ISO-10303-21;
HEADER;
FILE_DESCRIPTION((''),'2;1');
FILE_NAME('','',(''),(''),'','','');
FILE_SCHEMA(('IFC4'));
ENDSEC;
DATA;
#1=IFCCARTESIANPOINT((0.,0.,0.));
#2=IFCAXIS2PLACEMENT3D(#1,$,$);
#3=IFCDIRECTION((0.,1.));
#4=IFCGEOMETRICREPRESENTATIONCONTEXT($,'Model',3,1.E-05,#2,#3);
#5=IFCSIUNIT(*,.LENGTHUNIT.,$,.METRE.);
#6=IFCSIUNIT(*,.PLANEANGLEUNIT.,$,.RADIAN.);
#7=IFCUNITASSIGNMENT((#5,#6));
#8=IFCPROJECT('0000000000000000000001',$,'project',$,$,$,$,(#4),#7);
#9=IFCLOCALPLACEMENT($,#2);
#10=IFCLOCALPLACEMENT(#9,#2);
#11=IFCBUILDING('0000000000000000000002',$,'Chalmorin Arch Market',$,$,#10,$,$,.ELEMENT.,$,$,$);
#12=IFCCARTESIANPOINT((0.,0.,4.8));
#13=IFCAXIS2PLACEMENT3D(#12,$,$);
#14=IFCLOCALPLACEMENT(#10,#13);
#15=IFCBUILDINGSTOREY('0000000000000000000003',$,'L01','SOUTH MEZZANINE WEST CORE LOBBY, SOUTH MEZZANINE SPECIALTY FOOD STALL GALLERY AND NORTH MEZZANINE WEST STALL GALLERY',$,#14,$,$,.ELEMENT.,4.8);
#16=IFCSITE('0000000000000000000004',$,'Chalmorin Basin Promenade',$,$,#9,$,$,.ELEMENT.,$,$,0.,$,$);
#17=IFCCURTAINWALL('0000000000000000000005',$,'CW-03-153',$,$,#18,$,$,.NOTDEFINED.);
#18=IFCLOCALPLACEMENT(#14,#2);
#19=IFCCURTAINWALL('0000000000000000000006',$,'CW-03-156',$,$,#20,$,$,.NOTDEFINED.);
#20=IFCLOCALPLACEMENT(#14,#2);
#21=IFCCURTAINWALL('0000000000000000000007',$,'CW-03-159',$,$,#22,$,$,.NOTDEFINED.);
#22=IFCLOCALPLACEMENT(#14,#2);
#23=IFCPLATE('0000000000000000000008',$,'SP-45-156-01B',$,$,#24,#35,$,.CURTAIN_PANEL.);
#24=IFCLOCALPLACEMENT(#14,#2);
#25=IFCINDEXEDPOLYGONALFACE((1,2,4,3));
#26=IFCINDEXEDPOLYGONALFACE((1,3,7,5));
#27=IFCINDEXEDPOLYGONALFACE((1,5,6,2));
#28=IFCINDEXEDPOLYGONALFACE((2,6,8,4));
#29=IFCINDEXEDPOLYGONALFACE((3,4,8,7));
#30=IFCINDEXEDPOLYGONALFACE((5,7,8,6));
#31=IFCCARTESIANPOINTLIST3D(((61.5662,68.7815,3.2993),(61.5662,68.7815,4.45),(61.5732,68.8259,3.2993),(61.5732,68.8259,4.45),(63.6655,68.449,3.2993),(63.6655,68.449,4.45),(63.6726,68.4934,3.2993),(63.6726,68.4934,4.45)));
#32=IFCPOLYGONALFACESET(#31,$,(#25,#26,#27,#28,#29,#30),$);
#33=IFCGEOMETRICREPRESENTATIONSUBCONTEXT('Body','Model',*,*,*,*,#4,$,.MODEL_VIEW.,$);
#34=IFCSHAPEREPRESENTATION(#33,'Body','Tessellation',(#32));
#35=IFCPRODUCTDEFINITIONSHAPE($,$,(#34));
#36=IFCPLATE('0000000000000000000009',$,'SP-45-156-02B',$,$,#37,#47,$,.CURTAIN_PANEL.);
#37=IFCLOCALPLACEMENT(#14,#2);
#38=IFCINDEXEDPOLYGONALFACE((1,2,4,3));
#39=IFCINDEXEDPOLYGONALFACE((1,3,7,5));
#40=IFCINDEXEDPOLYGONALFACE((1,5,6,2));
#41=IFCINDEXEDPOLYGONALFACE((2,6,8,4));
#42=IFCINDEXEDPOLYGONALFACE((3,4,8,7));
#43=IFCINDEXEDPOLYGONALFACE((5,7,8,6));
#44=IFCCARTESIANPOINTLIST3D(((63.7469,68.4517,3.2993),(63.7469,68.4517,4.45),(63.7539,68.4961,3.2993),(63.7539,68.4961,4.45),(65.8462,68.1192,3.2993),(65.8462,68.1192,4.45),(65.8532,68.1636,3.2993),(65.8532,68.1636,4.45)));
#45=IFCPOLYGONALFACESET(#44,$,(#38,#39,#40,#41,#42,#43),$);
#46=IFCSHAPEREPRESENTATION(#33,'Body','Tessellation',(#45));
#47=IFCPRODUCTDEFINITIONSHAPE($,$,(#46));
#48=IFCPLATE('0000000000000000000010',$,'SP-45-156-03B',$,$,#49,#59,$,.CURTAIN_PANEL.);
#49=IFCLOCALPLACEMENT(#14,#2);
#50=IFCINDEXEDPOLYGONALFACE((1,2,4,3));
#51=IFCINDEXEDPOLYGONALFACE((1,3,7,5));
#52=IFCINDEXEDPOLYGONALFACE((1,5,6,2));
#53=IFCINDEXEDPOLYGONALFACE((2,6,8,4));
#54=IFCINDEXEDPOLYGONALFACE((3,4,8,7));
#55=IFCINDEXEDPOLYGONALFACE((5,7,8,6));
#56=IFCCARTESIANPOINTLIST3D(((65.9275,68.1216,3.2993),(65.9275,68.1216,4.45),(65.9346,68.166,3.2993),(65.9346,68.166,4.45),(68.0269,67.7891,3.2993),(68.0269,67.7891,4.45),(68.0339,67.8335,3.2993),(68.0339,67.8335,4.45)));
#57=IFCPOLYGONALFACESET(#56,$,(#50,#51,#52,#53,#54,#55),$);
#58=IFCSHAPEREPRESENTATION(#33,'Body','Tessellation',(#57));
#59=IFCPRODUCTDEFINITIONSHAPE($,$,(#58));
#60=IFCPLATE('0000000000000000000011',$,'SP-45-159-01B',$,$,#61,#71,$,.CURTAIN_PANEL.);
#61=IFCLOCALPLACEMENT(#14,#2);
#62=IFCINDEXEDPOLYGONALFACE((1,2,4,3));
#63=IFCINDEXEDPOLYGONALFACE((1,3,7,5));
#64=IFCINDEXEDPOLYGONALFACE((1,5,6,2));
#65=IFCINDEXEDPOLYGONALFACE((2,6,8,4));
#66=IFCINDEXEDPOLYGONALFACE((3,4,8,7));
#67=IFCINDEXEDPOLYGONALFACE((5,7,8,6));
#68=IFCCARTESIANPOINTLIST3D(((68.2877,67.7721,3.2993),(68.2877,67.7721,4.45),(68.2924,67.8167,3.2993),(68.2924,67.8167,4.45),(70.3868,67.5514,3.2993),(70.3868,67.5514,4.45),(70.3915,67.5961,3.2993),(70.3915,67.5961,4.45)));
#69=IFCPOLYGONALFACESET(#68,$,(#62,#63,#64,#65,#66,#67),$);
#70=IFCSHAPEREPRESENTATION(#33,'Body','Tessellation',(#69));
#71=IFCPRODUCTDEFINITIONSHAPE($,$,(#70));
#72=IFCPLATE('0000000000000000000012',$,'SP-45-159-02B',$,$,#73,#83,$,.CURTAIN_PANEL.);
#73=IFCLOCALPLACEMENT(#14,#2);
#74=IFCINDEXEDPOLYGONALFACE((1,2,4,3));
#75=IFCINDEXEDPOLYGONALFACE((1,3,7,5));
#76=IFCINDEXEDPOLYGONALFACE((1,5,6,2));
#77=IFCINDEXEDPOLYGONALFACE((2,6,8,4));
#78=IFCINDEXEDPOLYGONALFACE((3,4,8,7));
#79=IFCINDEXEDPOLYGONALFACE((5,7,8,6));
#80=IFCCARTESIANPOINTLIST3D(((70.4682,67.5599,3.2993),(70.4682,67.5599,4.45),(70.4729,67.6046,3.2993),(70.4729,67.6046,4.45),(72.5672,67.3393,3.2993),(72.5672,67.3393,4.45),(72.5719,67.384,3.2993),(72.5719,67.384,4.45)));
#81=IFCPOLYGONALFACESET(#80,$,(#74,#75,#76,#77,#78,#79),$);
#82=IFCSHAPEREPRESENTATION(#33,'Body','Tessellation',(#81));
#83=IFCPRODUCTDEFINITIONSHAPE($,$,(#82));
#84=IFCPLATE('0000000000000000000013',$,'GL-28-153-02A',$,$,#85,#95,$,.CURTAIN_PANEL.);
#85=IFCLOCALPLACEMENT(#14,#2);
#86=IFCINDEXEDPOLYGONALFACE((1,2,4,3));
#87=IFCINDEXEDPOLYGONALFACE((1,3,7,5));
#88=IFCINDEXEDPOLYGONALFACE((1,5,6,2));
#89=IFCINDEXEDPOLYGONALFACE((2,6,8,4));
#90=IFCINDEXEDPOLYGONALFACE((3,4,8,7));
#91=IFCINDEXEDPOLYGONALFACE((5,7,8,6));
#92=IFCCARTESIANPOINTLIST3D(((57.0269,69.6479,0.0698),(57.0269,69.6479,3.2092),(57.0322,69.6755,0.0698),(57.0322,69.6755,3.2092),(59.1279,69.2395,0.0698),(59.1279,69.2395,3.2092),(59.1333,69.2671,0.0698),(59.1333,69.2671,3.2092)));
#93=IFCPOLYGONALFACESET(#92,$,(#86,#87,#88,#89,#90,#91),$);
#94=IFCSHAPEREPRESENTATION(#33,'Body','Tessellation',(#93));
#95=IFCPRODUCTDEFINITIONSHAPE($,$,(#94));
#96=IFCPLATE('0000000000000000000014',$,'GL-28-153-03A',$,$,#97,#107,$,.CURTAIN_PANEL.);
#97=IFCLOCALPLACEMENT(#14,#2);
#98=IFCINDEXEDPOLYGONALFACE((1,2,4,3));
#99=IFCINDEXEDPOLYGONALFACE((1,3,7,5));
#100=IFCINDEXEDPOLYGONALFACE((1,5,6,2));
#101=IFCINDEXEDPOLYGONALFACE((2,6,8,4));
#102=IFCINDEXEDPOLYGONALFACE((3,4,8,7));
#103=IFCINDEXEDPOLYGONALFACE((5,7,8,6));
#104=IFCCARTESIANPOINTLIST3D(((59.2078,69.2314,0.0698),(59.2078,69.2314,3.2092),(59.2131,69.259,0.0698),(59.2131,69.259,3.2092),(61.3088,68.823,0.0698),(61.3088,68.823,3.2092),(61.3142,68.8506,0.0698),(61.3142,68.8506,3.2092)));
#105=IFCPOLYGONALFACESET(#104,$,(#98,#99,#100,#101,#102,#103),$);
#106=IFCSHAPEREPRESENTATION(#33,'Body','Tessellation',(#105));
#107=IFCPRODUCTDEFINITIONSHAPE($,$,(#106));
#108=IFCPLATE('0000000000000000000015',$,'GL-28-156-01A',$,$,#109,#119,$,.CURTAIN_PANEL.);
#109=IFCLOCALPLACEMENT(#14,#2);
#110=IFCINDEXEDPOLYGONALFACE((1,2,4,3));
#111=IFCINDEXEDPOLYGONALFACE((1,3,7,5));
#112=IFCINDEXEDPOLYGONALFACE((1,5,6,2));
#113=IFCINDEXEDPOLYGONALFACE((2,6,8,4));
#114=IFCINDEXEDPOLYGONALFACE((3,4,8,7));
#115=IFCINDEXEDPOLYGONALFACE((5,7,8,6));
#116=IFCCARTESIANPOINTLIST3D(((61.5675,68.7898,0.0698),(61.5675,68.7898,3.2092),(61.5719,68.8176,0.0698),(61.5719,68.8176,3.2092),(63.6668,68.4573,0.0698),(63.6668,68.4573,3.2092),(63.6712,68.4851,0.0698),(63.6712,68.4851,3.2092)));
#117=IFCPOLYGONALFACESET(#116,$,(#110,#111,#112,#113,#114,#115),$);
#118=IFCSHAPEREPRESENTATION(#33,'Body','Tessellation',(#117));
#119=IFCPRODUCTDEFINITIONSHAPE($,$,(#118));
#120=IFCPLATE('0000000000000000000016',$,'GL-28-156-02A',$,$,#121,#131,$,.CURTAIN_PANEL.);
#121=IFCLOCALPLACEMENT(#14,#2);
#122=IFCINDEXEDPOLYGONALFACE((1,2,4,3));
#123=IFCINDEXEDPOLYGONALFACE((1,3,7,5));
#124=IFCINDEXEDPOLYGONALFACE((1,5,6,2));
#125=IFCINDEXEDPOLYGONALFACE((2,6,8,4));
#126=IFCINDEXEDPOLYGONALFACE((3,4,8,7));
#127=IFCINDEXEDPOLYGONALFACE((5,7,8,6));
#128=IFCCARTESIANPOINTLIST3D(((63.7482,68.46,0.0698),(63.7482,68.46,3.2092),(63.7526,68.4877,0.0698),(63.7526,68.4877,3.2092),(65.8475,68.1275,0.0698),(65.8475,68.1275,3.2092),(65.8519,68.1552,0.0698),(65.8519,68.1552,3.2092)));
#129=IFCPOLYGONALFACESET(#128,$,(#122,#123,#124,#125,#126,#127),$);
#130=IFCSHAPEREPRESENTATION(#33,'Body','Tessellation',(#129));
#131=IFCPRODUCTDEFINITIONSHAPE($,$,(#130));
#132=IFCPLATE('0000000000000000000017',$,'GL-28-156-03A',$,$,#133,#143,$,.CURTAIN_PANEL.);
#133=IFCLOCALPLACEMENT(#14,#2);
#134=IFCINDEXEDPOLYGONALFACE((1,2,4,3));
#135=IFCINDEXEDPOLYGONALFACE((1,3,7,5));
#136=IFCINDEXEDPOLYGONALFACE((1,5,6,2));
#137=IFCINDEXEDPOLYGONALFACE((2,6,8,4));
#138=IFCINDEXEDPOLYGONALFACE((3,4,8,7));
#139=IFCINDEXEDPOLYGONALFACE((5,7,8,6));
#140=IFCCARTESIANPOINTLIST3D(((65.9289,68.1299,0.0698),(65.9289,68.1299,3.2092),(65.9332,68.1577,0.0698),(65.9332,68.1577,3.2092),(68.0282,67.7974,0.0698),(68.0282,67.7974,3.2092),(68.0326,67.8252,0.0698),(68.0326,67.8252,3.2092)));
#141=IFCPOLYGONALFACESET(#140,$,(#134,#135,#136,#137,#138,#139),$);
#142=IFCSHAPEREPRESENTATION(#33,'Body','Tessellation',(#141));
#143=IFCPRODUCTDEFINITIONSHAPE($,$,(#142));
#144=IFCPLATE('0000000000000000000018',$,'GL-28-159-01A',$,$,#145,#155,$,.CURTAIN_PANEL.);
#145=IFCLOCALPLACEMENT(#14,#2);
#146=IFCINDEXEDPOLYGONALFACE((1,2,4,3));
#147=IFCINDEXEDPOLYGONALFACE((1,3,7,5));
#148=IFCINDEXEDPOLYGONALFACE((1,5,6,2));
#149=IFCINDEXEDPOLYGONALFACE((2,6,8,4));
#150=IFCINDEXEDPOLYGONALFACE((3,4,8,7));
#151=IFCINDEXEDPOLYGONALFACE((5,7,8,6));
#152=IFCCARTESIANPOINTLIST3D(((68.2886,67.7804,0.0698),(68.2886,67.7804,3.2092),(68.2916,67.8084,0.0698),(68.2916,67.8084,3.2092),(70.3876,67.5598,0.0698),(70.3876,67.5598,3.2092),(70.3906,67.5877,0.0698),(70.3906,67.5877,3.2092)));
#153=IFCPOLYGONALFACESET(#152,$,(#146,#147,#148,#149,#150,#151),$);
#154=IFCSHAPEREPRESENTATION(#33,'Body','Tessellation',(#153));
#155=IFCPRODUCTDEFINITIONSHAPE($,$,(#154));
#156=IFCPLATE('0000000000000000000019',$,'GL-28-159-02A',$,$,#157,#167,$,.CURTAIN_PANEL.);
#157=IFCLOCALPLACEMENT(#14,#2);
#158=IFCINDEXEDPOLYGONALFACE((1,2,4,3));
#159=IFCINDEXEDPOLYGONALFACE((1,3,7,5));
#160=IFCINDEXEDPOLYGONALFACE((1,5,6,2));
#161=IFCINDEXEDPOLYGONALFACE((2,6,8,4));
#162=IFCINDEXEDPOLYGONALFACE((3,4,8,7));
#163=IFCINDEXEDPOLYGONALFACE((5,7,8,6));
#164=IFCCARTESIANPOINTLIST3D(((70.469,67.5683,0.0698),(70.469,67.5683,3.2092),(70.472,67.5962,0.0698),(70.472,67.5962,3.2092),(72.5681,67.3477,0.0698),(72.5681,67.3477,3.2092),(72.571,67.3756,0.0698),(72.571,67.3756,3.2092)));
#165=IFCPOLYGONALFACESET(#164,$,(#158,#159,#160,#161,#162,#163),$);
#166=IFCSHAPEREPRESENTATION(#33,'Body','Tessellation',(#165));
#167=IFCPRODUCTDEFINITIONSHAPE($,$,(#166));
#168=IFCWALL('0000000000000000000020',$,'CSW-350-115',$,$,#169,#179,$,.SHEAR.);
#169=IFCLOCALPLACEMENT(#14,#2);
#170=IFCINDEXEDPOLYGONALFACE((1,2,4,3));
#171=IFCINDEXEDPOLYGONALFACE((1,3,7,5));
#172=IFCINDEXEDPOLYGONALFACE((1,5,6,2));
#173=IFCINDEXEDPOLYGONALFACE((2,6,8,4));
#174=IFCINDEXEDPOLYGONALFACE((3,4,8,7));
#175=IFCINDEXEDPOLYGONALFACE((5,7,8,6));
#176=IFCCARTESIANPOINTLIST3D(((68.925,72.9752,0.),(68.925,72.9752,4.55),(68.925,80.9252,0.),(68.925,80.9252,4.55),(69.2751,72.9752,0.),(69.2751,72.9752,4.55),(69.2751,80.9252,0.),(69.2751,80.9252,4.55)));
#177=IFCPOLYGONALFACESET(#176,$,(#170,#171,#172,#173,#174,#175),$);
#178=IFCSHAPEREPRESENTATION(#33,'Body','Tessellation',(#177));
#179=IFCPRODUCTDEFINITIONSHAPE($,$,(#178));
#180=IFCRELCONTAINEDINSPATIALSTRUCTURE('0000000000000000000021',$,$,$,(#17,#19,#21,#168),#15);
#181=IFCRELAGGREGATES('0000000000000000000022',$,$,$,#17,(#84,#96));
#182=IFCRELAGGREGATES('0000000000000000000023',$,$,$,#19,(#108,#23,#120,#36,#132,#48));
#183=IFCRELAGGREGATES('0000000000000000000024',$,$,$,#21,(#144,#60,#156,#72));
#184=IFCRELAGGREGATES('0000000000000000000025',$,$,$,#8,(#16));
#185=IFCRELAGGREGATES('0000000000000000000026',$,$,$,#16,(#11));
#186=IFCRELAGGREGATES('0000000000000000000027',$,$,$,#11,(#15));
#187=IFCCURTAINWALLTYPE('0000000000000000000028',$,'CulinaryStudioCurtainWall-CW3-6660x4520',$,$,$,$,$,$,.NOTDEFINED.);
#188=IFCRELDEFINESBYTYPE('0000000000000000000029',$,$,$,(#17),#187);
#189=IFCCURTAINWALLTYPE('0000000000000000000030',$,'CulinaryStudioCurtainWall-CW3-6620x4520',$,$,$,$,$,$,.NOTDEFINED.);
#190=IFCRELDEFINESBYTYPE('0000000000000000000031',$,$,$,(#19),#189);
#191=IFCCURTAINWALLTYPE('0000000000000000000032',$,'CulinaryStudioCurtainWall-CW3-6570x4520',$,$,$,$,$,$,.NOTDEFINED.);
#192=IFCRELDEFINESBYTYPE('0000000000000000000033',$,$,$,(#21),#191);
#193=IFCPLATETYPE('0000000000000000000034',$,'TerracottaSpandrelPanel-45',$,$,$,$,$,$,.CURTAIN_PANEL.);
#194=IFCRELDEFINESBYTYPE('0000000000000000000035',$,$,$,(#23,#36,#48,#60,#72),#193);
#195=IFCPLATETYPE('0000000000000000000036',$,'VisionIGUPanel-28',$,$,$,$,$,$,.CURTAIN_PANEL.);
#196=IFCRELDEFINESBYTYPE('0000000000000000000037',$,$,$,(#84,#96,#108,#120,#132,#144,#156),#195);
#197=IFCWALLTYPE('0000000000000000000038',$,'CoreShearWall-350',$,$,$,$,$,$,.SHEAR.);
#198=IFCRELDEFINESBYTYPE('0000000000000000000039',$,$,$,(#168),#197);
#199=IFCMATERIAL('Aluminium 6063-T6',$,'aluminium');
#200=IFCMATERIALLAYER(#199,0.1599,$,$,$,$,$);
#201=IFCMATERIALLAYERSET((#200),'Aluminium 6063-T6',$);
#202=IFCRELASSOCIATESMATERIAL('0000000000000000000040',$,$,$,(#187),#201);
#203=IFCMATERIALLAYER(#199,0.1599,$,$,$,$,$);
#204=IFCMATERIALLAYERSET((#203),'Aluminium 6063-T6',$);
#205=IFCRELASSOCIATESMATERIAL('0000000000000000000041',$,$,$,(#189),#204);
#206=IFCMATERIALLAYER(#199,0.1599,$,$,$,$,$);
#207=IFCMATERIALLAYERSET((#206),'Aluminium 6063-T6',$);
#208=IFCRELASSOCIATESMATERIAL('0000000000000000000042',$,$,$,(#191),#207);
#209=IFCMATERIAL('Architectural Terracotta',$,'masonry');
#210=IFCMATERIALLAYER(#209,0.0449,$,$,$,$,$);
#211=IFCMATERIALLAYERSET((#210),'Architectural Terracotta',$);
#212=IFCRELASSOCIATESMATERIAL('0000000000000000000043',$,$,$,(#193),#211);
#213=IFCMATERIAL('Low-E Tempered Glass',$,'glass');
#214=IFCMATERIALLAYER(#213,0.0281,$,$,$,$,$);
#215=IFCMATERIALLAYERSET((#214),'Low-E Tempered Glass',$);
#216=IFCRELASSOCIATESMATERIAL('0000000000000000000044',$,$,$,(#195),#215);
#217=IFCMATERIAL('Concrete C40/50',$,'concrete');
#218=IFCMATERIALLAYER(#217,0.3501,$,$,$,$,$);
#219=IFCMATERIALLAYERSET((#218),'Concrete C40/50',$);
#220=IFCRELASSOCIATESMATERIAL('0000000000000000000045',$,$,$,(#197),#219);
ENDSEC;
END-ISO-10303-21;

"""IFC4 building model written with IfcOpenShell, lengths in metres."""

from ifc_helpers import new_model, si_unit, direction, frame, frame_2d, origin, origin_2d, place, context, subcontext, project, spatial, rectangle, extrude, material, layer, layer_set, type_object, element, aggregate, save


model = new_model("IFC4")

# Units and contexts
model_context = context("Model", 3, precision=1e-05, world=origin(), true_north=direction((0.0, 1.0)))
body_context = subcontext(model_context, "Body", "Model", "MODEL_VIEW")
ifc_project = project(units=[si_unit("LENGTHUNIT", "METRE"), si_unit("PLANEANGLEUNIT", "RADIAN")], contexts=[model_context])

# Site, building, storey
site_placement = place(None, origin())
site = spatial("IfcSite", under=ifc_project, at=site_placement, Name="Chalmorin Basin Promenade", CompositionType="ELEMENT", RefElevation=0.0)
building_placement = place(site_placement, origin())
building = spatial("IfcBuilding", under=site, at=building_placement, Name="Chalmorin Arch Market", CompositionType="ELEMENT")
storey_placement = place(building_placement, frame((0.0, 0.0, 4.8)))
storey = spatial("IfcBuildingStorey", under=building, at=storey_placement, Name="L01", Description="SOUTH MEZZANINE WEST CORE LOBBY, SOUTH MEZZANINE SPECIALTY FOOD STALL GALLERY AND NORTH MEZZANINE WEST STALL GALLERY", CompositionType="ELEMENT", Elevation=4.8)

# Shared definitions
ifc_material_1 = material(Name="Concrete C40/50", Category="concrete")

# Curtain walls
ifc_material_2 = material(Name="Aluminium 6063-T6", Category="aluminium")
ifc_layer_1 = layer(ifc_material_2, 0.1599)
ifc_layer_set_1 = layer_set([ifc_layer_1], Name="Aluminium 6063-T6")
curtain_wall_type_1 = type_object("IfcCurtainWallType", Name="CulinaryStudioCurtainWall-CW3-6660x4520", PredefinedType="NOTDEFINED", material=ifc_layer_set_1)
curtain_wall_1_placement = place(storey_placement, origin())
curtain_wall_1 = element("IfcCurtainWall", 1, at=curtain_wall_1_placement, inside=storey, type_object=curtain_wall_type_1, Name="CW-03-153", PredefinedType="NOTDEFINED")
ifc_layer_2 = layer(ifc_material_2, 0.1599)
ifc_layer_set_2 = layer_set([ifc_layer_2], Name="Aluminium 6063-T6")
curtain_wall_type_2 = type_object("IfcCurtainWallType", Name="CulinaryStudioCurtainWall-CW3-6620x4520", PredefinedType="NOTDEFINED", material=ifc_layer_set_2)
curtain_wall_2_placement = place(storey_placement, origin())
curtain_wall_2 = element("IfcCurtainWall", 2, at=curtain_wall_2_placement, inside=storey, type_object=curtain_wall_type_2, Name="CW-03-156", PredefinedType="NOTDEFINED")
ifc_layer_3 = layer(ifc_material_2, 0.1599)
ifc_layer_set_3 = layer_set([ifc_layer_3], Name="Aluminium 6063-T6")
curtain_wall_type_3 = type_object("IfcCurtainWallType", Name="CulinaryStudioCurtainWall-CW3-6570x4520", PredefinedType="NOTDEFINED", material=ifc_layer_set_3)
curtain_wall_3_placement = place(storey_placement, origin())
curtain_wall_3 = element("IfcCurtainWall", 3, at=curtain_wall_3_placement, inside=storey, type_object=curtain_wall_type_3, Name="CW-03-159", PredefinedType="NOTDEFINED")

# Plates
ifc_material_3 = material(Name="Architectural Terracotta", Category="masonry")
ifc_layer_4 = layer(ifc_material_3, 0.0449)
ifc_layer_set_4 = layer_set([ifc_layer_4], Name="Architectural Terracotta")
plate_type_1 = type_object("IfcPlateType", Name="TerracottaSpandrelPanel-45", PredefinedType="CURTAIN_PANEL", material=ifc_layer_set_4)
plate_1_placement = place(storey_placement, frame((62.6194, 68.6375, 3.2993), z_axis=(0.0, 0.0, 1.0), x_axis=(0.987688, -0.156434, 0.0)))
plate_1 = element("IfcPlate", 4, at=plate_1_placement, type_object=plate_type_1, Name="SP-45-156-01B", PredefinedType="CURTAIN_PANEL", context=body_context, shape_type="SweptSolid", body=[
    extrude(rectangle(XDim=2.1255, YDim=0.0449, at=origin_2d()), origin(), (0.0, 0.0, 1.0), 1.1506),
])
plate_2_placement = place(storey_placement, frame((64.8, 68.3076, 3.2993), z_axis=(0.0, 0.0, 1.0), x_axis=(0.987688, -0.156434, 0.0)))
plate_2 = element("IfcPlate", 5, at=plate_2_placement, type_object=plate_type_1, Name="SP-45-156-02B", PredefinedType="CURTAIN_PANEL", context=body_context, shape_type="SweptSolid", body=[
    extrude(rectangle(XDim=2.1255, YDim=0.0449, at=origin_2d()), origin(), (0.0, 0.0, 1.0), 1.1506),
])
plate_3_placement = place(storey_placement, frame((66.9807, 67.9775, 3.2993), z_axis=(0.0, 0.0, 1.0), x_axis=(0.987688, -0.156434, 0.0)))
plate_3 = element("IfcPlate", 6, at=plate_3_placement, type_object=plate_type_1, Name="SP-45-156-03B", PredefinedType="CURTAIN_PANEL", context=body_context, shape_type="SweptSolid", body=[
    extrude(rectangle(XDim=2.1255, YDim=0.0449, at=origin_2d()), origin(), (0.0, 0.0, 1.0), 1.1506),
])
plate_4_placement = place(storey_placement, frame((69.3396, 67.6841, 3.2993), z_axis=(0.0, 0.0, 1.0), x_axis=(0.994522, -0.104528, 0.0)))
plate_4 = element("IfcPlate", 7, at=plate_4_placement, type_object=plate_type_1, Name="SP-45-159-01B", PredefinedType="CURTAIN_PANEL", context=body_context, shape_type="SweptSolid", body=[
    extrude(rectangle(XDim=2.1106, YDim=0.0449, at=origin_2d()), origin(), (0.0, 0.0, 1.0), 1.1506),
])
plate_5_placement = place(storey_placement, frame((71.52, 67.4719, 3.2993), z_axis=(0.0, 0.0, 1.0), x_axis=(0.994522, -0.104528, 0.0)))
plate_5 = element("IfcPlate", 8, at=plate_5_placement, type_object=plate_type_1, Name="SP-45-159-02B", PredefinedType="CURTAIN_PANEL", context=body_context, shape_type="SweptSolid", body=[
    extrude(rectangle(XDim=2.1106, YDim=0.0449, at=origin_2d()), origin(), (0.0, 0.0, 1.0), 1.1506),
])
ifc_material_4 = material(Name="Low-E Tempered Glass", Category="glass")
ifc_layer_5 = layer(ifc_material_4, 0.0281)
ifc_layer_set_5 = layer_set([ifc_layer_5], Name="Low-E Tempered Glass")
plate_type_2 = type_object("IfcPlateType", Name="VisionIGUPanel-28", PredefinedType="CURTAIN_PANEL", material=ifc_layer_set_5)
plate_6_placement = place(storey_placement, frame((58.0801, 69.4575, 0.0698), z_axis=(0.0, 0.0, 1.0), x_axis=(0.981627, -0.190809, 0.0)))
plate_6 = element("IfcPlate", 9, at=plate_6_placement, type_object=plate_type_2, Name="GL-28-153-02A", PredefinedType="CURTAIN_PANEL", context=body_context, shape_type="SweptSolid", body=[
    extrude(rectangle(XDim=2.1404, YDim=0.0281, at=origin_2d()), origin(), (0.0, 0.0, 1.0), 3.1394),
])
plate_7_placement = place(storey_placement, frame((60.261, 69.041, 0.0698), z_axis=(0.0, 0.0, 1.0), x_axis=(0.981627, -0.190809, 0.0)))
plate_7 = element("IfcPlate", 10, at=plate_7_placement, type_object=plate_type_2, Name="GL-28-153-03A", PredefinedType="CURTAIN_PANEL", context=body_context, shape_type="SweptSolid", body=[
    extrude(rectangle(XDim=2.1404, YDim=0.0281, at=origin_2d()), origin(), (0.0, 0.0, 1.0), 3.1394),
])
aggregate(curtain_wall_1, [plate_6, plate_7])
plate_8_placement = place(storey_placement, frame((62.6194, 68.6375, 0.0698), z_axis=(0.0, 0.0, 1.0), x_axis=(0.987688, -0.156434, 0.0)))
plate_8 = element("IfcPlate", 11, at=plate_8_placement, type_object=plate_type_2, Name="GL-28-156-01A", PredefinedType="CURTAIN_PANEL", context=body_context, shape_type="SweptSolid", body=[
    extrude(rectangle(XDim=2.1255, YDim=0.0281, at=origin_2d()), origin(), (0.0, 0.0, 1.0), 3.1394),
])
plate_9_placement = place(storey_placement, frame((64.8, 68.3076, 0.0698), z_axis=(0.0, 0.0, 1.0), x_axis=(0.987688, -0.156434, 0.0)))
plate_9 = element("IfcPlate", 12, at=plate_9_placement, type_object=plate_type_2, Name="GL-28-156-02A", PredefinedType="CURTAIN_PANEL", context=body_context, shape_type="SweptSolid", body=[
    extrude(rectangle(XDim=2.1255, YDim=0.0281, at=origin_2d()), origin(), (0.0, 0.0, 1.0), 3.1394),
])
plate_10_placement = place(storey_placement, frame((66.9807, 67.9775, 0.0698), z_axis=(0.0, 0.0, 1.0), x_axis=(0.987688, -0.156434, 0.0)))
plate_10 = element("IfcPlate", 13, at=plate_10_placement, type_object=plate_type_2, Name="GL-28-156-03A", PredefinedType="CURTAIN_PANEL", context=body_context, shape_type="SweptSolid", body=[
    extrude(rectangle(XDim=2.1255, YDim=0.0281, at=origin_2d()), origin(), (0.0, 0.0, 1.0), 3.1394),
])
aggregate(curtain_wall_2, [plate_8, plate_1, plate_9, plate_2, plate_10, plate_3])
plate_11_placement = place(storey_placement, frame((69.3396, 67.6841, 0.0698), z_axis=(0.0, 0.0, 1.0), x_axis=(0.994522, -0.104528, 0.0)))
plate_11 = element("IfcPlate", 14, at=plate_11_placement, type_object=plate_type_2, Name="GL-28-159-01A", PredefinedType="CURTAIN_PANEL", context=body_context, shape_type="SweptSolid", body=[
    extrude(rectangle(XDim=2.1106, YDim=0.0281, at=origin_2d()), origin(), (0.0, 0.0, 1.0), 3.1394),
])
plate_12_placement = place(storey_placement, frame((71.52, 67.4719, 0.0698), z_axis=(0.0, 0.0, 1.0), x_axis=(0.994522, -0.104528, 0.0)))
plate_12 = element("IfcPlate", 15, at=plate_12_placement, type_object=plate_type_2, Name="GL-28-159-02A", PredefinedType="CURTAIN_PANEL", context=body_context, shape_type="SweptSolid", body=[
    extrude(rectangle(XDim=2.1106, YDim=0.0281, at=origin_2d()), origin(), (0.0, 0.0, 1.0), 3.1394),
])
aggregate(curtain_wall_3, [plate_11, plate_4, plate_12, plate_5])

# Wall
ifc_layer_6 = layer(ifc_material_1, 0.3501)
ifc_layer_set_6 = layer_set([ifc_layer_6], Name="Concrete C40/50")
wall_type = type_object("IfcWallType", Name="CoreShearWall-350", PredefinedType="SHEAR", material=ifc_layer_set_6)
wall_placement = place(storey_placement, frame((69.1001, 72.9751, 0.0), z_axis=(0.0, 0.0, 1.0), x_axis=(0.0, 1.0, 0.0)))
element("IfcWall", 16, at=wall_placement, inside=storey, type_object=wall_type, Name="CSW-350-115", PredefinedType="SHEAR", context=body_context, shape_type="SweptSolid", body=[
    extrude(rectangle(XDim=7.95, YDim=0.3501, at=frame_2d((3.9751, 0.0))), origin(), (0.0, 0.0, 1.0), 4.55),
])

save(model, "model.ifc")
